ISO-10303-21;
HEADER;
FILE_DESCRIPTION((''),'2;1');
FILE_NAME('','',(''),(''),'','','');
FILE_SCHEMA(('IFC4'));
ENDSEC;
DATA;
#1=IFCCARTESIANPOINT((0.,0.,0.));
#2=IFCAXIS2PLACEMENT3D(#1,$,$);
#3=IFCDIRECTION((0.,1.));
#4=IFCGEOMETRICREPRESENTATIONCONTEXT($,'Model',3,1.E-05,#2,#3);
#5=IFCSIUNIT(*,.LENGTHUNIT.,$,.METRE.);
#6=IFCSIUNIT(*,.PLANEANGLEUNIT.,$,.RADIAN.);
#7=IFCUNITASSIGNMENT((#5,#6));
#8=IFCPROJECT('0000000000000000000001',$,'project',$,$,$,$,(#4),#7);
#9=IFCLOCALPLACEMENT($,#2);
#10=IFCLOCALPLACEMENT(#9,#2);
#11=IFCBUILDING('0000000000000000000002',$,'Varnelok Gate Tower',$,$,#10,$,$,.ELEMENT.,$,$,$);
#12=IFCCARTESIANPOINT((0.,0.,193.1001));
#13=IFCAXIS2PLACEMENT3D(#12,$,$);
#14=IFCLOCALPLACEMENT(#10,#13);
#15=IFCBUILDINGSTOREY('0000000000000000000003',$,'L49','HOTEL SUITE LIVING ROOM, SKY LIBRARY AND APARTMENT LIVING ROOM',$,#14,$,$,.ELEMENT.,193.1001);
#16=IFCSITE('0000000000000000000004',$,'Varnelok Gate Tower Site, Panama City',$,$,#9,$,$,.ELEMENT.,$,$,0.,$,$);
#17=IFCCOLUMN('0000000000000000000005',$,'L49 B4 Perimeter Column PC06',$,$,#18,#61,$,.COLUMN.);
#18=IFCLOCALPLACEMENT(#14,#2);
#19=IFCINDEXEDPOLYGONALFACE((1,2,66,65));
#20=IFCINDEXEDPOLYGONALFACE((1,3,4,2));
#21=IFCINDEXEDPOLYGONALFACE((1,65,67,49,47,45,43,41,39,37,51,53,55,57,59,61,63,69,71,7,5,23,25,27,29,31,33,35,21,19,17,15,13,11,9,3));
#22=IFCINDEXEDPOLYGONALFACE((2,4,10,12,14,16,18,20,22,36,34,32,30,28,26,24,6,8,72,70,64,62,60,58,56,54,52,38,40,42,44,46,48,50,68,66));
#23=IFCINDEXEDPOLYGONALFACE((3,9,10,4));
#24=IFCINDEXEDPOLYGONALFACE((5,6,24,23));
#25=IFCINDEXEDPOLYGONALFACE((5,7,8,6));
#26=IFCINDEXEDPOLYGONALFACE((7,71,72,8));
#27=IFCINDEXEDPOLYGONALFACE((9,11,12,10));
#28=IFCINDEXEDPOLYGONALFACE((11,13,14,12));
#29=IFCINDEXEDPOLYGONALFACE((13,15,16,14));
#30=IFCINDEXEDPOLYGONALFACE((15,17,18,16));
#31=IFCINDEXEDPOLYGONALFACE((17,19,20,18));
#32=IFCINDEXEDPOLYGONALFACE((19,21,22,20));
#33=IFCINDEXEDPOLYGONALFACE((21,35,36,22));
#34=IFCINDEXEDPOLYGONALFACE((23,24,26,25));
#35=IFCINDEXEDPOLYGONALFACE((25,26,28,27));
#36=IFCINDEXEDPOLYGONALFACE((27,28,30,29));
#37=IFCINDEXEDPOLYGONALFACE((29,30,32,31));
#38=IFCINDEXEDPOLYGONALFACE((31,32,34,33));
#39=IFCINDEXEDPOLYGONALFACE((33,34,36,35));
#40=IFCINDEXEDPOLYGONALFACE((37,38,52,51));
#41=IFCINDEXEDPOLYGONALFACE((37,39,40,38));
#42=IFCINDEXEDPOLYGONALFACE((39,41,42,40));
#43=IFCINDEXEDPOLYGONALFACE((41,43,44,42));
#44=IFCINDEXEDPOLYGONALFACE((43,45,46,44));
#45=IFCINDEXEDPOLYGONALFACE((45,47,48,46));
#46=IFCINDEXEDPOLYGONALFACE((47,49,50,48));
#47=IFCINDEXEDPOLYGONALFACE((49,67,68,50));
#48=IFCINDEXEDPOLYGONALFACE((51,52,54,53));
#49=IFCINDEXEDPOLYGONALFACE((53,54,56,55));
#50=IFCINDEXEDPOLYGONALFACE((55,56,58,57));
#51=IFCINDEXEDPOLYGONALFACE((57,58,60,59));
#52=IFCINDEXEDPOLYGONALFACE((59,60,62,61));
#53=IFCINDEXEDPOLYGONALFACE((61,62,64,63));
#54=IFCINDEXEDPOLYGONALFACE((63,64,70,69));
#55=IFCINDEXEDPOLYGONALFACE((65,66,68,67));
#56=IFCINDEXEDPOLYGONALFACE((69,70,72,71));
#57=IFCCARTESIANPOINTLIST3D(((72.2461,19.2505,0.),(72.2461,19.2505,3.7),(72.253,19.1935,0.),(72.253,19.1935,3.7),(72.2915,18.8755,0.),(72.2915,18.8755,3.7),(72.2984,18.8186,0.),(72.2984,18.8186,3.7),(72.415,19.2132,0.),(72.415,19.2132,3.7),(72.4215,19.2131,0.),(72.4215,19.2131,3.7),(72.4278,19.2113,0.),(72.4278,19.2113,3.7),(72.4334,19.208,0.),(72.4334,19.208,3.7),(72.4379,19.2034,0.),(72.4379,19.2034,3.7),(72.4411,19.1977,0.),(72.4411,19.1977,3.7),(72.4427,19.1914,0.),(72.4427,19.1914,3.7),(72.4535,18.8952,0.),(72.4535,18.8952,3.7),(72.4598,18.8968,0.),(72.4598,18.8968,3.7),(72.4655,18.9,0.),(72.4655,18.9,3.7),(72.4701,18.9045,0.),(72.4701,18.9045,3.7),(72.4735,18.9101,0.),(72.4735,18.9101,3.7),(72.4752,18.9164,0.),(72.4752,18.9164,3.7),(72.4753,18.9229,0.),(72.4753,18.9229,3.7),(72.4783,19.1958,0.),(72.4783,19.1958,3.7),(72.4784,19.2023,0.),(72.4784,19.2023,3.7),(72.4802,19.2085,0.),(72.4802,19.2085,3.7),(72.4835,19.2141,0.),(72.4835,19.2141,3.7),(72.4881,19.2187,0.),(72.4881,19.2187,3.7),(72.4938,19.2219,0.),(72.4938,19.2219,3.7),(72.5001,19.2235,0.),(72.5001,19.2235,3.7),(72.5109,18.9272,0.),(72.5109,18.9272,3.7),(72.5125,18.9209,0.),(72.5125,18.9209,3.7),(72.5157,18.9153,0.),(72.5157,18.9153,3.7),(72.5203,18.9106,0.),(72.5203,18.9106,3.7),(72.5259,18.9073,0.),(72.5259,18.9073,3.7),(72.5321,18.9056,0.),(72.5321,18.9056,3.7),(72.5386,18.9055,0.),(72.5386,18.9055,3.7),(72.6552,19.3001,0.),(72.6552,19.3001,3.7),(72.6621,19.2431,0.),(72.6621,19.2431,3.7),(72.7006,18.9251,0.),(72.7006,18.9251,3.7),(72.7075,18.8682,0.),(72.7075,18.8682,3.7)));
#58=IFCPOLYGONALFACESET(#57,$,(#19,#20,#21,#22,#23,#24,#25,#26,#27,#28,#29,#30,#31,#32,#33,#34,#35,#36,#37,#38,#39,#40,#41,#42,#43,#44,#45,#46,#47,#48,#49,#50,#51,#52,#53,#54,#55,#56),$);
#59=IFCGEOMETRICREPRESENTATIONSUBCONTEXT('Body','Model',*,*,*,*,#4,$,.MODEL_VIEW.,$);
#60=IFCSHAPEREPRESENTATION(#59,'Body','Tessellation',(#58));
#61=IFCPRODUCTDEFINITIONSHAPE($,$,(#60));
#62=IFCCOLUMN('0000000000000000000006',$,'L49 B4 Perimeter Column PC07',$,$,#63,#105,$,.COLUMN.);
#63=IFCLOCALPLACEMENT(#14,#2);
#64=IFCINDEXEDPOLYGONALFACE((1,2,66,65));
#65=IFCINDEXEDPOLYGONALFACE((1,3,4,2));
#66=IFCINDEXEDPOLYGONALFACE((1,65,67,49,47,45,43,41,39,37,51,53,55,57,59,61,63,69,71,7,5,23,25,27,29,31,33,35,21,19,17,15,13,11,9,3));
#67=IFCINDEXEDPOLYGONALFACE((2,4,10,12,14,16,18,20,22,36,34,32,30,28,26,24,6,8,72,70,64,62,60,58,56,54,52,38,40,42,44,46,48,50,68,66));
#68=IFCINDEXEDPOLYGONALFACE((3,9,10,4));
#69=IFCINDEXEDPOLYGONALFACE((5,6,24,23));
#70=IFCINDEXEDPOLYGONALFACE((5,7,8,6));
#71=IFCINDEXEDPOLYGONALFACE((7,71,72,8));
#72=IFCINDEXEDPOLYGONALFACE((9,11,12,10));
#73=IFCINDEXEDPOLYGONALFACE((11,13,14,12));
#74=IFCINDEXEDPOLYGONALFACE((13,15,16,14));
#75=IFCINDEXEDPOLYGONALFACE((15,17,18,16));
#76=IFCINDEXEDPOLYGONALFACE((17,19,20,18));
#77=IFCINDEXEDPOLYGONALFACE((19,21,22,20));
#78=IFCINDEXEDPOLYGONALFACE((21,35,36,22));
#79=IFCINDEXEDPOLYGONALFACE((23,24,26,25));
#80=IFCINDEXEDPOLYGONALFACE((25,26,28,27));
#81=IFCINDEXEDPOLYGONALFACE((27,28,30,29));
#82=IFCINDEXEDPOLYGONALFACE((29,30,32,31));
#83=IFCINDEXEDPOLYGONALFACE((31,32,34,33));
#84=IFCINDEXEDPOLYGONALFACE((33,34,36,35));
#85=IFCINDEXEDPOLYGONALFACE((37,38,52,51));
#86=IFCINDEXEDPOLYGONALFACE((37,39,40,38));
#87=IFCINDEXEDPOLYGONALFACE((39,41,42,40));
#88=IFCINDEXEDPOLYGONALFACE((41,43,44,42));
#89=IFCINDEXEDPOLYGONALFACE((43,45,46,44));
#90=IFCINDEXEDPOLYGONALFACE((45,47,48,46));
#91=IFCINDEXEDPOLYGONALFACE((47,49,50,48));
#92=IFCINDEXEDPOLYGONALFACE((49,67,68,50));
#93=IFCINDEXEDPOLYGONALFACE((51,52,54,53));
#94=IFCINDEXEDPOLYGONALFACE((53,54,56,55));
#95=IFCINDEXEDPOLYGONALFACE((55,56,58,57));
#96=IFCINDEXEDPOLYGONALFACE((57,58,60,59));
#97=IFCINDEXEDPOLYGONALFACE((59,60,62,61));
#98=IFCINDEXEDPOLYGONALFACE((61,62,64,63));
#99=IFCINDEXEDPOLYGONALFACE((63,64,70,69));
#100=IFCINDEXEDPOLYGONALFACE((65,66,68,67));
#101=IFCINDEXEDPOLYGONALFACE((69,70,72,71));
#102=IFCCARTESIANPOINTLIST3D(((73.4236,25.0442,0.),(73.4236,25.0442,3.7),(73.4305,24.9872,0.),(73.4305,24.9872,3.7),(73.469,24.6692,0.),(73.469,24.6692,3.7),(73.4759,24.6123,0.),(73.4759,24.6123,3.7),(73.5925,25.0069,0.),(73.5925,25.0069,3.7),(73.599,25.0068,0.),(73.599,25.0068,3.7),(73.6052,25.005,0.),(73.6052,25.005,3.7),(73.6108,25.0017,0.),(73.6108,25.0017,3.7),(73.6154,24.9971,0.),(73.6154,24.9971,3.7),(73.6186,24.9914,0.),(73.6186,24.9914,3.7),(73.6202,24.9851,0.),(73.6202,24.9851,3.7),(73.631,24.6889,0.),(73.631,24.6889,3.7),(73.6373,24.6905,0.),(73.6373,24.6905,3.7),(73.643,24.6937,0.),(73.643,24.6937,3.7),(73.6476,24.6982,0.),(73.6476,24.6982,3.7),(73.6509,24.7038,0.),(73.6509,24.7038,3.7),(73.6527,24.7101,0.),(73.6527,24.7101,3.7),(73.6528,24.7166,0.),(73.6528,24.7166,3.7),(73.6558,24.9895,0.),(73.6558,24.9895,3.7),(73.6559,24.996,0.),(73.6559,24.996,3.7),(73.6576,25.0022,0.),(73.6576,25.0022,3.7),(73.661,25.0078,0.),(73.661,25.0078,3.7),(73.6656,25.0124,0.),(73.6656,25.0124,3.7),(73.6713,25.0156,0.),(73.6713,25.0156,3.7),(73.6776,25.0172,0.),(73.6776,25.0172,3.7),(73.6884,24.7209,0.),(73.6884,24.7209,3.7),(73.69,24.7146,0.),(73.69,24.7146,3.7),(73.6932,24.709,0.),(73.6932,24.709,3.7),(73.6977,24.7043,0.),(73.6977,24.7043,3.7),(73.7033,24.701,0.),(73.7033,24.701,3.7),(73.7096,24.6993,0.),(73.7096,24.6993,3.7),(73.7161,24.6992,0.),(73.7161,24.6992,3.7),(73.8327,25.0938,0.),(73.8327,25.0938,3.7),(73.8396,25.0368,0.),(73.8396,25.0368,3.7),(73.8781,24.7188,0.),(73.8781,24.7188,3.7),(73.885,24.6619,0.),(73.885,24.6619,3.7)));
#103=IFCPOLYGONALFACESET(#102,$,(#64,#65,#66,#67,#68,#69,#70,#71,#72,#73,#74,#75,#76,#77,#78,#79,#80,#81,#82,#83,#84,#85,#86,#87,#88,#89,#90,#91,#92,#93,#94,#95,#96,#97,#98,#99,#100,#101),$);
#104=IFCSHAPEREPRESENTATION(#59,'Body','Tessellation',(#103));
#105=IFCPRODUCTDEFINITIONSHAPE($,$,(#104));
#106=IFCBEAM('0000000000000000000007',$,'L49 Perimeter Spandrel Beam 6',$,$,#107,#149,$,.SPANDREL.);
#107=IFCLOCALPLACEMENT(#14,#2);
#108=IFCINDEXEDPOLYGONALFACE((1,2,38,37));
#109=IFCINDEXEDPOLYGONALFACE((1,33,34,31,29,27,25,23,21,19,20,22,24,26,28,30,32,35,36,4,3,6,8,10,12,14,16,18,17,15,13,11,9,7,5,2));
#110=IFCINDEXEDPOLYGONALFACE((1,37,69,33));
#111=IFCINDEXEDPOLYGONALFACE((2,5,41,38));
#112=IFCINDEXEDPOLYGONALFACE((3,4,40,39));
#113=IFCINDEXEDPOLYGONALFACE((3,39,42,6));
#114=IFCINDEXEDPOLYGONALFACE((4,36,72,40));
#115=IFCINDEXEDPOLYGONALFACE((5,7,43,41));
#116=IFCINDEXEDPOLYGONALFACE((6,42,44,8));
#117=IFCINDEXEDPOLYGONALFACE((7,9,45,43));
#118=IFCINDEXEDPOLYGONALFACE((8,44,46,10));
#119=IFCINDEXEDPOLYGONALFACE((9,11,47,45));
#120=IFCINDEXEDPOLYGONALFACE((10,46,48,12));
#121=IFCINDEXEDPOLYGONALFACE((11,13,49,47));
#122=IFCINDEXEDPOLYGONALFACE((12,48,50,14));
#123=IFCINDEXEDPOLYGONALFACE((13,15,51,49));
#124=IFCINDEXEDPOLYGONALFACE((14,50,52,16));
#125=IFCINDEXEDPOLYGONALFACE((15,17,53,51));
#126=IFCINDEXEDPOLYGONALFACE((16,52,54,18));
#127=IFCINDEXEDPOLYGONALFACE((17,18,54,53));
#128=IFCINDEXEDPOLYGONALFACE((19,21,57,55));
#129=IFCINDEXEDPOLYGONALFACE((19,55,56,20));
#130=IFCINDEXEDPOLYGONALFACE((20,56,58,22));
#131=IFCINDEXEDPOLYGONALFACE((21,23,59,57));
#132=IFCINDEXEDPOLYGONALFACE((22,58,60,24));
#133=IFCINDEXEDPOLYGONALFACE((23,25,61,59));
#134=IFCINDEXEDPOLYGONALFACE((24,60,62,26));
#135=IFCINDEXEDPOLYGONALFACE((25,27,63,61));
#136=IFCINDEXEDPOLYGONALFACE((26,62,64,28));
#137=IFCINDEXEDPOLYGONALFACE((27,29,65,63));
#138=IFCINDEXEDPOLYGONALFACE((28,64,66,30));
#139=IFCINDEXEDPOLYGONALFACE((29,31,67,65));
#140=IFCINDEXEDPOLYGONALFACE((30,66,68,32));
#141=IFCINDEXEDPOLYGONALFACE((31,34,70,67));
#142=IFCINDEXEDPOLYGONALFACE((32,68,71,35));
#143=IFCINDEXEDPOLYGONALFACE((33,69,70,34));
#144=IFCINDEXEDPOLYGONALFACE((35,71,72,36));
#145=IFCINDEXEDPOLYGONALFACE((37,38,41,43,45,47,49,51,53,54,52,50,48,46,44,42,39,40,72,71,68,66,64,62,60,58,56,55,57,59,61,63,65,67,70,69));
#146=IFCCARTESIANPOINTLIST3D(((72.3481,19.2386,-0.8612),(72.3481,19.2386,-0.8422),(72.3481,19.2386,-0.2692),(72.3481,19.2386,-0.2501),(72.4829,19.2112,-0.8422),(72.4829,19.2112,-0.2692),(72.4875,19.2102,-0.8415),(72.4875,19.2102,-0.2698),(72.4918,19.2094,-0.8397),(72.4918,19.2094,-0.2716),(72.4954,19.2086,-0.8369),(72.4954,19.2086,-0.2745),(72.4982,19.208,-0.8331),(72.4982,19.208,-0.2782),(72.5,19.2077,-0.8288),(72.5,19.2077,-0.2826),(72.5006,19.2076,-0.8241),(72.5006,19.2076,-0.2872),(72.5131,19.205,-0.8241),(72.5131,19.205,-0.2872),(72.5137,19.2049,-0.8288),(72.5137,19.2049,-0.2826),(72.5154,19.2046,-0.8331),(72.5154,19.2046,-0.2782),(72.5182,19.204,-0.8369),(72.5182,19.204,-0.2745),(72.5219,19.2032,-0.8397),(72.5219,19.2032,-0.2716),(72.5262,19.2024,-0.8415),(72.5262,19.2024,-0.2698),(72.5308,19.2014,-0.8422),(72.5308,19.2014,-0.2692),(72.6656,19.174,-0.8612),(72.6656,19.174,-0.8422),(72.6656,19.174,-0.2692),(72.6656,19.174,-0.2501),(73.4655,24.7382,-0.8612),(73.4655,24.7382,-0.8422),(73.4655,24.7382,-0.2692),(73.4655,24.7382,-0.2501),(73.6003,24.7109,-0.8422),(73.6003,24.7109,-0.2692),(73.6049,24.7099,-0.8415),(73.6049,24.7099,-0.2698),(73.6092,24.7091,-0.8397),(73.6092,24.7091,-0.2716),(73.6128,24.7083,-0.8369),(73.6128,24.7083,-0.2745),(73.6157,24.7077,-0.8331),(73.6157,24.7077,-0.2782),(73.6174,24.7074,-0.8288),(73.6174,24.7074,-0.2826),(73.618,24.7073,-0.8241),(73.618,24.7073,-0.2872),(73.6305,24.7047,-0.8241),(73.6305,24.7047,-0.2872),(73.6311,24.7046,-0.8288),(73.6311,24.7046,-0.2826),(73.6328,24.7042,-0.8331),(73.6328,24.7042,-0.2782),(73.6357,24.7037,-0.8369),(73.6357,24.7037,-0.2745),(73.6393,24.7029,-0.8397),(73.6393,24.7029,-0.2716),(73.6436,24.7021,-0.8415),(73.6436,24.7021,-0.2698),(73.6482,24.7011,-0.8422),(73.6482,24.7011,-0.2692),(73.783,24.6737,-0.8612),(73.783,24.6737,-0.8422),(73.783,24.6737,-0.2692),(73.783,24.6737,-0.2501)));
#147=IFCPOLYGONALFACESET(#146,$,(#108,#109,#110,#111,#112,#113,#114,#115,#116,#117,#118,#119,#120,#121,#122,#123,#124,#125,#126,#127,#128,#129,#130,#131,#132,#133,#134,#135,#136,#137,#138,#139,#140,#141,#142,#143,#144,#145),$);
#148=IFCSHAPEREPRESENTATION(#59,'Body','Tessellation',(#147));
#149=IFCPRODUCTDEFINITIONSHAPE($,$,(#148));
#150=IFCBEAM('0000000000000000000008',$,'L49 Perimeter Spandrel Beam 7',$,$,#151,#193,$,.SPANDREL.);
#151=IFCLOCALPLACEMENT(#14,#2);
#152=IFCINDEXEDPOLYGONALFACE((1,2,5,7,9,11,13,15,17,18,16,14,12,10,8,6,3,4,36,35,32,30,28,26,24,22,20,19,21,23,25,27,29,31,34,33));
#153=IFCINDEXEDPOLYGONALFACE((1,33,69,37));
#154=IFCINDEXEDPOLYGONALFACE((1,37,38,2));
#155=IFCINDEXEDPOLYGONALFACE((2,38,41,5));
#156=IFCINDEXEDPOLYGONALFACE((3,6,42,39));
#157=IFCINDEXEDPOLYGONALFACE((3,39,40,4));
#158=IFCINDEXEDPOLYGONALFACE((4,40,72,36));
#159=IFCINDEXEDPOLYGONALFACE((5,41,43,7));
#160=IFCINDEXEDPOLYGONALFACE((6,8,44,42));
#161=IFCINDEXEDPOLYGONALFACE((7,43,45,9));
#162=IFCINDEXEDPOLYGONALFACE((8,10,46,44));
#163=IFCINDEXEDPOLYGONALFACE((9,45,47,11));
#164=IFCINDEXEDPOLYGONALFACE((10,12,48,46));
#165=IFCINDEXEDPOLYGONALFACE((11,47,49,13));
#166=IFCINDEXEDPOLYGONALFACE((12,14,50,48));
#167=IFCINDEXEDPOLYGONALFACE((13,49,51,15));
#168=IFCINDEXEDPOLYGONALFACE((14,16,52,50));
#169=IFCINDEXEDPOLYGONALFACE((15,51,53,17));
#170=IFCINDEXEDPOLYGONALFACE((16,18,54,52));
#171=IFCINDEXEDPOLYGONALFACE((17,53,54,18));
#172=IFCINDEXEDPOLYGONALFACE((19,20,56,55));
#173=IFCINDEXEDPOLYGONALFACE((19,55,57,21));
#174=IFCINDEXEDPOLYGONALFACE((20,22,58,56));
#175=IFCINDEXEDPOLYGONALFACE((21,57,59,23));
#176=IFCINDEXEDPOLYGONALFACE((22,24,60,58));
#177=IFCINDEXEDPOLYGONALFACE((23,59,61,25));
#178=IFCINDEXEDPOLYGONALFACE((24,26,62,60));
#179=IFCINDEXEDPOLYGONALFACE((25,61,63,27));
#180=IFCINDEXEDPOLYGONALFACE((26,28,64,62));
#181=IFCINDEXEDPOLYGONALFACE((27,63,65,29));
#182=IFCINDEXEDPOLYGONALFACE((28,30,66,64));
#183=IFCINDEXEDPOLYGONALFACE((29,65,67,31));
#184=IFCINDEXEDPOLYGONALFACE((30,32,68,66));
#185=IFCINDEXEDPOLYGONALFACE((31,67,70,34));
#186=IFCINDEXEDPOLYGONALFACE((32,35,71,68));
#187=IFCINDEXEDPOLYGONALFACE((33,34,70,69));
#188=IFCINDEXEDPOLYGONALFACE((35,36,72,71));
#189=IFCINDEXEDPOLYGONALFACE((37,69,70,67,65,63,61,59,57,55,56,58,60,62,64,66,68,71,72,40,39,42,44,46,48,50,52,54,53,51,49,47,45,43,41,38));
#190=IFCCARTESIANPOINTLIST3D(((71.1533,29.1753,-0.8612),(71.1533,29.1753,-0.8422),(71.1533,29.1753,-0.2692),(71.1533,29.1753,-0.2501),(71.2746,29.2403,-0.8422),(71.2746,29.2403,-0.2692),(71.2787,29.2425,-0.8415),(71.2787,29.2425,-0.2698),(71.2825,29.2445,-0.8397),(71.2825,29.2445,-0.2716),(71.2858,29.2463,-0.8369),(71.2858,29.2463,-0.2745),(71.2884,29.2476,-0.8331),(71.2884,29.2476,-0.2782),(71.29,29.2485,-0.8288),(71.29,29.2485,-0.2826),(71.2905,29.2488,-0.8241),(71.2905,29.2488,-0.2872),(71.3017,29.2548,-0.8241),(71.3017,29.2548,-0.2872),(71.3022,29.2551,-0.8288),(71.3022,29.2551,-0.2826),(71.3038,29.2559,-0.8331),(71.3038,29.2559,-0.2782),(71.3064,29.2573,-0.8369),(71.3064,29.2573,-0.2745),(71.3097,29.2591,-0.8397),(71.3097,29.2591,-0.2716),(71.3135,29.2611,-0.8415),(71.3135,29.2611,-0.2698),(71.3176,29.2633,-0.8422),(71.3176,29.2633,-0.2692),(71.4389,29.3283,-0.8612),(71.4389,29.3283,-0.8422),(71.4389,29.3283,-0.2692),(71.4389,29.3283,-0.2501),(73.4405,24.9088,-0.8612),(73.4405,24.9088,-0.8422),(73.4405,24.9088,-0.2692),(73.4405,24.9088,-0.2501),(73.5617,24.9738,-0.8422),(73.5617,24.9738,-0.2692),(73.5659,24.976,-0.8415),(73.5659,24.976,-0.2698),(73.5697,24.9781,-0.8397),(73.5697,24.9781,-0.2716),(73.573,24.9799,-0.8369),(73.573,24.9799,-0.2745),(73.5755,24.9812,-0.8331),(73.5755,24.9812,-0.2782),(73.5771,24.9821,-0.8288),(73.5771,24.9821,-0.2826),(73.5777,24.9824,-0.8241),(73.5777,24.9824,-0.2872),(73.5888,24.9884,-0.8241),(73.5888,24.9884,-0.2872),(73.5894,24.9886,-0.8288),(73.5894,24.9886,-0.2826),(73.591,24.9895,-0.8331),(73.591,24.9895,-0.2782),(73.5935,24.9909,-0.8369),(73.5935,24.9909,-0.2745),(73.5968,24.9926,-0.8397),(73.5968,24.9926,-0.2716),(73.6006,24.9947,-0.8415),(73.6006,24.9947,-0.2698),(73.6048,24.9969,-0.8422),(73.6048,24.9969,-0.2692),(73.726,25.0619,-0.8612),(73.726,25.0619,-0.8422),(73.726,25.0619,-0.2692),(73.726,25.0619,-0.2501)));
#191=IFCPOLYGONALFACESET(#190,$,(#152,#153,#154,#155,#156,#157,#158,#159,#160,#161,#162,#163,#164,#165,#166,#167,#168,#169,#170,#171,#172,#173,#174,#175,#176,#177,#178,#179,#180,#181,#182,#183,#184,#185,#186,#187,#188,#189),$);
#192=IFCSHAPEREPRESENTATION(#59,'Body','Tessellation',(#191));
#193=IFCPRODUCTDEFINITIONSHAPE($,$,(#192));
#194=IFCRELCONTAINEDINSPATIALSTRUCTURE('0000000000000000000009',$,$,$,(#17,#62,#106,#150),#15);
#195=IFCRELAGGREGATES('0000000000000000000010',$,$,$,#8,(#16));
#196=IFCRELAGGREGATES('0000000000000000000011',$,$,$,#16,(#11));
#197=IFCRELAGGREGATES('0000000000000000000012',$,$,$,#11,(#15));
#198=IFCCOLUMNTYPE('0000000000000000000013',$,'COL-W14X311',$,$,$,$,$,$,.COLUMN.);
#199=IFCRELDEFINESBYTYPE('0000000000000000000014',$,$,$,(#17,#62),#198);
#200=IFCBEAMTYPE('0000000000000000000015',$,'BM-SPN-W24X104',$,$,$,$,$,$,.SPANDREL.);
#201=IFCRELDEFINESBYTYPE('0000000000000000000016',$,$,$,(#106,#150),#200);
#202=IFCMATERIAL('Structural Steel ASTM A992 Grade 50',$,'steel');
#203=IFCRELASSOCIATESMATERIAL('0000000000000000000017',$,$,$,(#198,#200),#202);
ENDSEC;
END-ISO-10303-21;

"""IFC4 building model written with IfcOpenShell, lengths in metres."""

from ifc_helpers import new_model, si_unit, direction, frame, origin, origin_2d, place, context, subcontext, project, spatial, i_section, extrude, material, material_profile, profile_set, type_object, element, save


model = new_model("IFC4")

# Units and contexts
model_context = context("Model", 3, precision=1e-05, world=origin(), true_north=direction((0.0, 1.0)))
body_context = subcontext(model_context, "Body", "Model", "MODEL_VIEW")
ifc_project = project(units=[si_unit("LENGTHUNIT", "METRE"), si_unit("PLANEANGLEUNIT", "RADIAN")], contexts=[model_context])

# Site, building, storey
site_placement = place(None, origin())
site = spatial("IfcSite", under=ifc_project, at=site_placement, Name="Varnelok Gate Tower Site, Panama City", CompositionType="ELEMENT", RefElevation=0.0)
building_placement = place(site_placement, origin())
building = spatial("IfcBuilding", under=site, at=building_placement, Name="Varnelok Gate Tower", CompositionType="ELEMENT")
storey_placement = place(building_placement, frame((0.0, 0.0, 193.1001)))
storey = spatial("IfcBuildingStorey", under=building, at=storey_placement, Name="L49", Description="HOTEL SUITE LIVING ROOM, SKY LIBRARY AND APARTMENT LIVING ROOM", CompositionType="ELEMENT", Elevation=193.1001)

# Columns
ifc_material_1 = material(Name="Structural Steel ASTM A992 Grade 50", Category="steel")
ifc_material_profile_1 = material_profile(ifc_material_1, i_section(OverallWidth=0.4121, OverallDepth=0.4351, WebThickness=0.0359, FlangeThickness=0.0574, FilletRadius=0.0249, at=origin_2d()), Name="W14X311")
ifc_profile_set_1 = profile_set([ifc_material_profile_1], Name="Structural Steel ASTM A992 Grade 50")
column_type = type_object("IfcColumnType", Name="COL-W14X311", PredefinedType="COLUMN", material=ifc_profile_set_1)
for number, where, z_axis, x_axis, name in (
    (1, (72.4768, 19.0593, 0.0), (0.0, 0.0, 1.0), (0.992732, 0.120345, 0.0), "L49 B4 Perimeter Column PC06"),
    (2, (73.6543, 24.853, 0.0), (0.0, 0.0, 1.0), (0.992732, 0.120345, 0.0), "L49 B4 Perimeter Column PC07"),
):
    element("IfcColumn", number, at=place(storey_placement, frame(where, z_axis=z_axis, x_axis=x_axis)), inside=storey, type_object=column_type, Name=name, PredefinedType="COLUMN", context=body_context, shape_type="SweptSolid", body=[
        extrude(i_section(OverallWidth=0.4121, OverallDepth=0.4351, WebThickness=0.0359, FlangeThickness=0.0574, FilletRadius=0.0249, at=origin_2d()), origin(), (0.0, 0.0, 1.0), 3.7),
    ])

# Beams
ifc_material_profile_2 = material_profile(ifc_material_1, i_section(OverallWidth=0.324, OverallDepth=0.6111, WebThickness=0.0127, FlangeThickness=0.019, FilletRadius=0.0181, at=origin_2d()), Name="W24X104")
ifc_profile_set_2 = profile_set([ifc_material_profile_2], Name="Structural Steel ASTM A992 Grade 50")
beam_type = type_object("IfcBeamType", Name="BM-SPN-W24X104", PredefinedType="SPANDREL", material=ifc_profile_set_2)
beam_1_placement = place(storey_placement, frame((72.5068, 19.2063, -0.5557), z_axis=(0.19911, 0.979977, 0.0), x_axis=(-0.979977, 0.19911, 0.0)))
element("IfcBeam", 3, at=beam_1_placement, inside=storey, type_object=beam_type, Name="L49 Perimeter Spandrel Beam 6", PredefinedType="SPANDREL", context=body_context, shape_type="SweptSolid", body=[
    extrude(i_section(OverallWidth=0.324, OverallDepth=0.6111, WebThickness=0.0127, FlangeThickness=0.019, FilletRadius=0.0181, at=origin_2d()), origin(), (0.0, 0.0, 1.0), 5.6121),
])
beam_2_placement = place(storey_placement, frame((73.5833, 24.9854, -0.5557), z_axis=(-0.472472, 0.881346, 0.0), x_axis=(-0.881346, -0.472472, 0.0)))
element("IfcBeam", 4, at=beam_2_placement, inside=storey, type_object=beam_type, Name="L49 Perimeter Spandrel Beam 7", PredefinedType="SPANDREL", context=body_context, shape_type="SweptSolid", body=[
    extrude(i_section(OverallWidth=0.324, OverallDepth=0.6111, WebThickness=0.0127, FlangeThickness=0.019, FilletRadius=0.0181, at=origin_2d()), origin(), (0.0, 0.0, 1.0), 4.8408),
])

save(model, "model.ifc")
